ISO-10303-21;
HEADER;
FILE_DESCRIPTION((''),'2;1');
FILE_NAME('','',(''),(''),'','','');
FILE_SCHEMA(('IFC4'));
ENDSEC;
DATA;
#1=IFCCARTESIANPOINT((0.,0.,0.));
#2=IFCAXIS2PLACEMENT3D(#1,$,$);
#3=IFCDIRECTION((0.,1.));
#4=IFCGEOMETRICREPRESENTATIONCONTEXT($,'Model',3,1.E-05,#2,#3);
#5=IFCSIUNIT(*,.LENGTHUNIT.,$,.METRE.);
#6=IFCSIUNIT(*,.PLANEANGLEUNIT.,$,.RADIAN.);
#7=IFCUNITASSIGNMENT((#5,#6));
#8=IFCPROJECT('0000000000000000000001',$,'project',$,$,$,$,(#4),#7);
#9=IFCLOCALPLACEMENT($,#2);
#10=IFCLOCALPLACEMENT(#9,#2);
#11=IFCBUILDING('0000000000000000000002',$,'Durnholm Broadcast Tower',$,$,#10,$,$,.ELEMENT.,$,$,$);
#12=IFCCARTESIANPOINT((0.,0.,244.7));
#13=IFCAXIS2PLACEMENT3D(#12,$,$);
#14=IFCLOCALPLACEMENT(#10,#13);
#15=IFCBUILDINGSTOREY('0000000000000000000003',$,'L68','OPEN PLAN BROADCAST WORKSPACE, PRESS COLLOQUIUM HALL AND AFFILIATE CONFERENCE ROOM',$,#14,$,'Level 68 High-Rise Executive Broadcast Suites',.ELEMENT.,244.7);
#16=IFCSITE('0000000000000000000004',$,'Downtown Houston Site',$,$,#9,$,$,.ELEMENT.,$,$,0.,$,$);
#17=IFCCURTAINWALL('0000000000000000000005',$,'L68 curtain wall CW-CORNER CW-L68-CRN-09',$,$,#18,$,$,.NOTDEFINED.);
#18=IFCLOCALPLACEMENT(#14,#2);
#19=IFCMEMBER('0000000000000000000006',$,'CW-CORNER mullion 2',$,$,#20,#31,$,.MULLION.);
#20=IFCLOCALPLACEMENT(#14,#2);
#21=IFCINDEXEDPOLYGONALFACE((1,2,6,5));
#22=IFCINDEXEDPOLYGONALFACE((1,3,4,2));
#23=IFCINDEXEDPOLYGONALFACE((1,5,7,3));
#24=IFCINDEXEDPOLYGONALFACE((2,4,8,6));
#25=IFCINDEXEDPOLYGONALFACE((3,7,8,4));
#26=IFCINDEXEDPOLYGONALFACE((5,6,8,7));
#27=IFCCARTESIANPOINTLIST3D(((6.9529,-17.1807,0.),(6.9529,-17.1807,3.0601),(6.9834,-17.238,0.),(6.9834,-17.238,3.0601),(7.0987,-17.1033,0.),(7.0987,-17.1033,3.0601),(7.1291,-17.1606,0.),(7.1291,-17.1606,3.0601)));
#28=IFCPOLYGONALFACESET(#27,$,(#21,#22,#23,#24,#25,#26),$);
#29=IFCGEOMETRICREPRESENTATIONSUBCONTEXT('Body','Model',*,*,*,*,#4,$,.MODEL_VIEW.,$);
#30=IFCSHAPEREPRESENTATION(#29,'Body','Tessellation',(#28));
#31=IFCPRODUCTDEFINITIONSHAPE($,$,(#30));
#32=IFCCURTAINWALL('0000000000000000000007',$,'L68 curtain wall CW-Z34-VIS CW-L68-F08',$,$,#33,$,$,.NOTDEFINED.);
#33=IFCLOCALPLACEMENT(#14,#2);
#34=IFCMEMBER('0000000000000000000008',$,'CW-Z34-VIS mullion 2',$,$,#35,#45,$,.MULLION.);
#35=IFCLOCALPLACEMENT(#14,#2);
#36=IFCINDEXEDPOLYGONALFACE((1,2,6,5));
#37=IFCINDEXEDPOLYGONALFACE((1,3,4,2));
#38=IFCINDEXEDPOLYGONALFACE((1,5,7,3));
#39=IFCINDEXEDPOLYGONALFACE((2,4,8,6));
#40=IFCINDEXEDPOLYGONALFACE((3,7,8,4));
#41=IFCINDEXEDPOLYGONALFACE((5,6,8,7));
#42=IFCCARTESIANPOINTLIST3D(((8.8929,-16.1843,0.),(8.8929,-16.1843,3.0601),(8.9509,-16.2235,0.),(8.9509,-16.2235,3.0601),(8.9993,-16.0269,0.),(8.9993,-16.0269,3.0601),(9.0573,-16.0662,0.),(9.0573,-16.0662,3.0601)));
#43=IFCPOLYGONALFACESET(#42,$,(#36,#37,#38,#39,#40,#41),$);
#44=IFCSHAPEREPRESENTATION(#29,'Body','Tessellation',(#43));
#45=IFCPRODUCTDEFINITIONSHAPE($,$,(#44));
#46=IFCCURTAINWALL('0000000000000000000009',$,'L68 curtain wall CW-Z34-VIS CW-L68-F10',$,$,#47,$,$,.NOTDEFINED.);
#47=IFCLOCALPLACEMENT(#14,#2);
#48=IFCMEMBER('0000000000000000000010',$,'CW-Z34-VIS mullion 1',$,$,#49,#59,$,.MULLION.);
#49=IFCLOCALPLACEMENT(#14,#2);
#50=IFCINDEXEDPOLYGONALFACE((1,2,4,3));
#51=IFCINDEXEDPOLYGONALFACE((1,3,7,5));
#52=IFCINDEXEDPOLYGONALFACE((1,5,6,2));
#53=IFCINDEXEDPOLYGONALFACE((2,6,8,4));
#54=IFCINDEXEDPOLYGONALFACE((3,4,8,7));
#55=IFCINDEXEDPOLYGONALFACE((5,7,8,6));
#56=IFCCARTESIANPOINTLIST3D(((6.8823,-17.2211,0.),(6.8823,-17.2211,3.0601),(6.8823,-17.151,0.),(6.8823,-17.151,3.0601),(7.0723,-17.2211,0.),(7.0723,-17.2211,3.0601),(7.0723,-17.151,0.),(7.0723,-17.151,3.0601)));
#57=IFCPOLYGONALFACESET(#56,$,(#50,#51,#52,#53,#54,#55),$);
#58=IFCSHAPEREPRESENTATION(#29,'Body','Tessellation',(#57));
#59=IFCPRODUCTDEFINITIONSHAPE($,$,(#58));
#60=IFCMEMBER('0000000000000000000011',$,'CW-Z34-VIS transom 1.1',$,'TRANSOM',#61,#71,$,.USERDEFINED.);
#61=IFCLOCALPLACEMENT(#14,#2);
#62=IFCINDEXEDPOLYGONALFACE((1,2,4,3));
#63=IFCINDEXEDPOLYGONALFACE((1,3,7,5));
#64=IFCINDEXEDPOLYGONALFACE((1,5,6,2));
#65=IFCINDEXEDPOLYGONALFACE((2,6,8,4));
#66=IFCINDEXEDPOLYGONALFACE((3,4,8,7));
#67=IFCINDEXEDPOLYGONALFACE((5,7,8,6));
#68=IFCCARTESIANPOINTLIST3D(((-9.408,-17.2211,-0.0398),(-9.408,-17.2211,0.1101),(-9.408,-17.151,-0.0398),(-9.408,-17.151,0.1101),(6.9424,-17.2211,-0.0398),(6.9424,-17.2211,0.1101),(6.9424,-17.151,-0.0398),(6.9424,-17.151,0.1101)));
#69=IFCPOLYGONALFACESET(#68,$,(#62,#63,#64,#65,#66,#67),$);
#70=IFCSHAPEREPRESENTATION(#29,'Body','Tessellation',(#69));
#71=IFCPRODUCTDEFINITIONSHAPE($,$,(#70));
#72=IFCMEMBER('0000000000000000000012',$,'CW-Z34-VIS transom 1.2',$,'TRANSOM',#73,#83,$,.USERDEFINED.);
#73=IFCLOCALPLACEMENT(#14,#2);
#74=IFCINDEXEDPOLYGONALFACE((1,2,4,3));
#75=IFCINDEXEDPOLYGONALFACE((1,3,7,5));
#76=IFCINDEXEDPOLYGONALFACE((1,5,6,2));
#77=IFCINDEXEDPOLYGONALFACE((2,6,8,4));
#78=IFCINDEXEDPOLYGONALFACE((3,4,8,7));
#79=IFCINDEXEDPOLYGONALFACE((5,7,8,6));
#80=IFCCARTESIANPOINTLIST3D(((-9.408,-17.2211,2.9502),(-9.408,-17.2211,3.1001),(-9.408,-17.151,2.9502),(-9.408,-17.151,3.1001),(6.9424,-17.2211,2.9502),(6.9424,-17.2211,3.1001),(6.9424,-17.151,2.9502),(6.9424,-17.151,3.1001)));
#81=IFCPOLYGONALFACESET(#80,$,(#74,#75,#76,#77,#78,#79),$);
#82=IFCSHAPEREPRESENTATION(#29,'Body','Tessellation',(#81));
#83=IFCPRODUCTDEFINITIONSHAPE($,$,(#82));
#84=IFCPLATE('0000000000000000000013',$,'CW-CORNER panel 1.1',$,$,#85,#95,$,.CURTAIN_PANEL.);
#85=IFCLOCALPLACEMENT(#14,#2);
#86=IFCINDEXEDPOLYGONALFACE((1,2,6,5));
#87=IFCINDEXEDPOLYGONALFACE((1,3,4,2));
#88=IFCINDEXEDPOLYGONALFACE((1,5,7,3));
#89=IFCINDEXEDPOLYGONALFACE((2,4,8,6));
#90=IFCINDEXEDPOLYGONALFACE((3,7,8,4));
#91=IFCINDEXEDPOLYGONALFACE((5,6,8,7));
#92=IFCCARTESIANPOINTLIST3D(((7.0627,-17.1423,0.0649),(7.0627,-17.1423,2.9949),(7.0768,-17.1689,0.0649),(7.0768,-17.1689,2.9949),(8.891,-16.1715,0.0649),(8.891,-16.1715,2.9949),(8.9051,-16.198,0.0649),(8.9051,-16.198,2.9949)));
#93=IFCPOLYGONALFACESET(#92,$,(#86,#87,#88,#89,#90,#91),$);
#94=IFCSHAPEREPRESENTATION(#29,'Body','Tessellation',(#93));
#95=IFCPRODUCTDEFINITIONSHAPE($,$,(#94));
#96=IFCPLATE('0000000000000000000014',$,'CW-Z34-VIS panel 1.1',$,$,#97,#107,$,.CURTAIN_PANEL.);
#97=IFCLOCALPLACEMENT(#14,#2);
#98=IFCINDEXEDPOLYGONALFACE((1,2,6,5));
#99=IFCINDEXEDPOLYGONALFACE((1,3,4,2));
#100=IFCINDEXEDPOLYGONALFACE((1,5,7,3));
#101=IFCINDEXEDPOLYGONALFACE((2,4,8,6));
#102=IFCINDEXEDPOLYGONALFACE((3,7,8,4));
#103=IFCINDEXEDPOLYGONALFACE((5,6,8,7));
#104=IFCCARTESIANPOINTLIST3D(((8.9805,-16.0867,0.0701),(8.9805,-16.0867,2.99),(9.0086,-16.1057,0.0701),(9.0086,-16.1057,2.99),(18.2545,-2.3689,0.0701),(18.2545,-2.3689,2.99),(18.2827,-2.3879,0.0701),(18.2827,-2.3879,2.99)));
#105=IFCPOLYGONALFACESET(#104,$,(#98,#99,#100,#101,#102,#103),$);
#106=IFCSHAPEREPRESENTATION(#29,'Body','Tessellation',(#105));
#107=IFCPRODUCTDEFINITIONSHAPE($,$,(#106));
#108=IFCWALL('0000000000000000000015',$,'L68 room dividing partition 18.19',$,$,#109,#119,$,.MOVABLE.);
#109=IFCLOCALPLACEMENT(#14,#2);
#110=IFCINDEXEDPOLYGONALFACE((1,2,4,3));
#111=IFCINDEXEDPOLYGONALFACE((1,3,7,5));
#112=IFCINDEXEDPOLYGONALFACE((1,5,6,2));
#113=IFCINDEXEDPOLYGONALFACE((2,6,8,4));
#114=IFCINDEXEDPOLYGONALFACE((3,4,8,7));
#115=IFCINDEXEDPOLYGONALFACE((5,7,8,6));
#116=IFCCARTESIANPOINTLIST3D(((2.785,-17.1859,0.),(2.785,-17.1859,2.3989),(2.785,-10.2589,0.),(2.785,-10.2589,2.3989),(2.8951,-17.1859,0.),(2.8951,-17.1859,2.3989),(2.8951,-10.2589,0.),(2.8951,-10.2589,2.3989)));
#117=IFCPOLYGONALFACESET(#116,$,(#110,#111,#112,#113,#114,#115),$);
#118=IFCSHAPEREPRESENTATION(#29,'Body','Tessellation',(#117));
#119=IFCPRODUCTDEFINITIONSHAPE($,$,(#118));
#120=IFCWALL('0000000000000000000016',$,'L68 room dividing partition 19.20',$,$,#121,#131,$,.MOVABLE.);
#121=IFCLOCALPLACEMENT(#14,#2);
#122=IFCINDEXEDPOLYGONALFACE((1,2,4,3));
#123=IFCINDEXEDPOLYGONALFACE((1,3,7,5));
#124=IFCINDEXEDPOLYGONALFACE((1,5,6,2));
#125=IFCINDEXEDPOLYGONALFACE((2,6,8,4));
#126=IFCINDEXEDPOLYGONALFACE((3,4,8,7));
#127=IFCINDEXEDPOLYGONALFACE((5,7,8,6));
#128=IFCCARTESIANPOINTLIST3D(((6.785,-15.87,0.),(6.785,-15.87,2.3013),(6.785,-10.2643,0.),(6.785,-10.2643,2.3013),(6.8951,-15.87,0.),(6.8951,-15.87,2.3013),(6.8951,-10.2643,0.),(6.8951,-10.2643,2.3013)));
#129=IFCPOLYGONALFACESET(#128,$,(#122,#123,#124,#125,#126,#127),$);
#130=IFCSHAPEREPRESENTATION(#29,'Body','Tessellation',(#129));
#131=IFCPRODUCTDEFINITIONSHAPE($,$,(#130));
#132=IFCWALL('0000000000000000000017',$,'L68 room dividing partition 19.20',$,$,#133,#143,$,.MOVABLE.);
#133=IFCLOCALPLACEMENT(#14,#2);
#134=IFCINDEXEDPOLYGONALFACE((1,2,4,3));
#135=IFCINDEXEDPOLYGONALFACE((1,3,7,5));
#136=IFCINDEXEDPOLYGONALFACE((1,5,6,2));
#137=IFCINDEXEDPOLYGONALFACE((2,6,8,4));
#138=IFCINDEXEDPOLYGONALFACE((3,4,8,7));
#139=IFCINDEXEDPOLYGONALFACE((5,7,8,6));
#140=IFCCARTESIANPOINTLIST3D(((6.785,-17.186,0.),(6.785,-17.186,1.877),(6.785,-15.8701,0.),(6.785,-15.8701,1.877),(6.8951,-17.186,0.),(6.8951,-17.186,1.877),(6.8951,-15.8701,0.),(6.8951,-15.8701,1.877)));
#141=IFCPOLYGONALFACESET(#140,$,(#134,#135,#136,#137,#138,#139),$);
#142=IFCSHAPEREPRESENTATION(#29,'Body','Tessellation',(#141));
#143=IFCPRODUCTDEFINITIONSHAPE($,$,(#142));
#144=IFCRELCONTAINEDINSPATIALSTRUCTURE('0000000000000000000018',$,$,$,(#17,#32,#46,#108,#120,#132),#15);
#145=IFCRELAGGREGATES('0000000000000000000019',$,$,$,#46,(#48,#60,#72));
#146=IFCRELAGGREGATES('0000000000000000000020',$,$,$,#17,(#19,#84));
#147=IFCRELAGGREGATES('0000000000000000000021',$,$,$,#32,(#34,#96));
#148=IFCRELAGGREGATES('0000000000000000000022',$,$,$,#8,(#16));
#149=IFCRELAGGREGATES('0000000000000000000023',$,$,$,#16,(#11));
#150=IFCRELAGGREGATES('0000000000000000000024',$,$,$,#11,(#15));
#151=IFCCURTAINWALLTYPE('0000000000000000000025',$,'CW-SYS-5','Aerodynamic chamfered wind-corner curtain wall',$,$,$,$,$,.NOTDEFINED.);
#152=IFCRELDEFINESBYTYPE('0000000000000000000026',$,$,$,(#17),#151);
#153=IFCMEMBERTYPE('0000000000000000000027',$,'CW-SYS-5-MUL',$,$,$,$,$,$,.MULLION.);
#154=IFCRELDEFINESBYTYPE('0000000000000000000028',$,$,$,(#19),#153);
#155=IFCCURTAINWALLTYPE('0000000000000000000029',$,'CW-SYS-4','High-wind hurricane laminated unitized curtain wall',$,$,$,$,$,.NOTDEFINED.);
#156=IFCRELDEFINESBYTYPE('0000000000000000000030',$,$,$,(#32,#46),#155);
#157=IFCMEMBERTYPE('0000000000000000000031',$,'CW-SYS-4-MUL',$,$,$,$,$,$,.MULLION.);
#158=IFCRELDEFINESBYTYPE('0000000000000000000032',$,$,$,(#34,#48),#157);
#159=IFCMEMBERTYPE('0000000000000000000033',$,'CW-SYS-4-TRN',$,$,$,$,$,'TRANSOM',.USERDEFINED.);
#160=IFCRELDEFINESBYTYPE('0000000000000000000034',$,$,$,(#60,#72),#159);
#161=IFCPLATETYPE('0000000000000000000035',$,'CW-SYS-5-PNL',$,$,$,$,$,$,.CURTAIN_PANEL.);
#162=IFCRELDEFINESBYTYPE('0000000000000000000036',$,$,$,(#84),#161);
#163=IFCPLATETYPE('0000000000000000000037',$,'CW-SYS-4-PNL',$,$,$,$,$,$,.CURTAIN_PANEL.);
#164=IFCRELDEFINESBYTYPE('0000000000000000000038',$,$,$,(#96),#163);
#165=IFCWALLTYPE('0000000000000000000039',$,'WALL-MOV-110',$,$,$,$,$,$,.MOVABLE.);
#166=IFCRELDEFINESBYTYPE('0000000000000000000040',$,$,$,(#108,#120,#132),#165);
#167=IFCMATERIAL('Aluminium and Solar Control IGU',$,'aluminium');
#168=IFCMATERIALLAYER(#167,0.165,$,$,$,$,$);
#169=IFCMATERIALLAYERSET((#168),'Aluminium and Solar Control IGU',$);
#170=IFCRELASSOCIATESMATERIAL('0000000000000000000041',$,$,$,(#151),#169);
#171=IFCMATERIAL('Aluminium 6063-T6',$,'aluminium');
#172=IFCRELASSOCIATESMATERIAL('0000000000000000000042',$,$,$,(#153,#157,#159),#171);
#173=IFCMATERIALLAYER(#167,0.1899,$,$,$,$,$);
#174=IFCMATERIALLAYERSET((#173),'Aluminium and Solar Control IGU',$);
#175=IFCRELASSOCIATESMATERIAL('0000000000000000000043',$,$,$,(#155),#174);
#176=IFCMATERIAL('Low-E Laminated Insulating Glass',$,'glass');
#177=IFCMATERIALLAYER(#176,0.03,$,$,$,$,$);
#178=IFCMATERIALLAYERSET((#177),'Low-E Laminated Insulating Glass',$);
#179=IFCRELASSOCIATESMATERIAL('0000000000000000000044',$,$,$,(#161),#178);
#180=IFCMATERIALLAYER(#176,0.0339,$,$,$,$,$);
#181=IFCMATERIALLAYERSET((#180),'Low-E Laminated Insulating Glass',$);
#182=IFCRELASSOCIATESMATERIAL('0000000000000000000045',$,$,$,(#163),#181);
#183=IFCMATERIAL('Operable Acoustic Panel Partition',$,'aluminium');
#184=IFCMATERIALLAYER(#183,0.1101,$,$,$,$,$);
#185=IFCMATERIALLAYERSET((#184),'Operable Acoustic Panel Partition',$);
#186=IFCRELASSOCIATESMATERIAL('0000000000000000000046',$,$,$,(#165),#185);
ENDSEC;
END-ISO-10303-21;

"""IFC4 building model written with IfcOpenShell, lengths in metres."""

from ifc_helpers import new_model, si_unit, direction, frame, frame_2d, origin, origin_2d, place, context, subcontext, project, spatial, rectangle, extrude, source, transform, mapped, material, layer, layer_set, material_profile, profile_set, type_object, type_shapes, element, aggregate, save


model = new_model("IFC4")

# Units and contexts
model_context = context("Model", 3, precision=1e-05, world=origin(), true_north=direction((0.0, 1.0)))
body_context = subcontext(model_context, "Body", "Model", "MODEL_VIEW")
ifc_project = project(units=[si_unit("LENGTHUNIT", "METRE"), si_unit("PLANEANGLEUNIT", "RADIAN")], contexts=[model_context])

# Site, building, storey
site_placement = place(None, origin())
site = spatial("IfcSite", under=ifc_project, at=site_placement, Name="Downtown Houston Site", CompositionType="ELEMENT", RefElevation=0.0)
building_placement = place(site_placement, origin())
building = spatial("IfcBuilding", under=site, at=building_placement, Name="Durnholm Broadcast Tower", CompositionType="ELEMENT")
storey_placement = place(building_placement, frame((0.0, 0.0, 244.7)))
storey = spatial("IfcBuildingStorey", under=building, at=storey_placement, Name="L68", Description="OPEN PLAN BROADCAST WORKSPACE, PRESS COLLOQUIUM HALL AND AFFILIATE CONFERENCE ROOM", LongName="Level 68 High-Rise Executive Broadcast Suites", CompositionType="ELEMENT", Elevation=244.7)

# Curtain wall, member
ifc_material_1 = material(Name="Aluminium and Solar Control IGU", Category="aluminium")
ifc_layer_1 = layer(ifc_material_1, 0.165)
ifc_layer_set_1 = layer_set([ifc_layer_1], Name="Aluminium and Solar Control IGU")
curtain_wall_type_1 = type_object("IfcCurtainWallType", Name="CW-SYS-5", Description="Aerodynamic chamfered wind-corner curtain wall", PredefinedType="NOTDEFINED", material=ifc_layer_set_1)
curtain_wall_1_placement = place(storey_placement, origin())
curtain_wall_1 = element("IfcCurtainWall", 1, at=curtain_wall_1_placement, inside=storey, type_object=curtain_wall_type_1, Name="L68 curtain wall CW-CORNER CW-L68-CRN-09", PredefinedType="NOTDEFINED")
ifc_material_2 = material(Name="Aluminium 6063-T6", Category="aluminium")
ifc_material_profile_1 = material_profile(ifc_material_2, rectangle(XDim=0.0649, YDim=0.165, at=origin_2d()), Name="CWM65X165")
ifc_profile_set_1 = profile_set([ifc_material_profile_1], Name="Aluminium 6063-T6")
member_type_1 = type_object("IfcMemberType", Name="CW-SYS-5-MUL", PredefinedType="MULLION", material=ifc_profile_set_1)
shared_shape_1 = source(origin(), body_context, "Body", "SweptSolid", [
    extrude(rectangle(XDim=0.0649, YDim=0.165, at=origin_2d()), origin(), (0.0, 0.0, 1.0), 3.0601),
])
type_shapes(member_type_1, [shared_shape_1])
member_1_placement = place(storey_placement, frame((7.041, -17.1707, 0.0), z_axis=(0.0, 0.0, 1.0), x_axis=(0.469007, -0.883195, 0.0)))
member_1 = element("IfcMember", 2, at=member_1_placement, type_object=member_type_1, Name="CW-CORNER mullion 2", PredefinedType="MULLION", context=body_context, shape_type="MappedRepresentation", body=[
    mapped(shared_shape_1, transform((0.0, 0.0, 0.0), x_axis=(1.0, 0.0, 0.0), y_axis=(0.0, 1.0, 0.0), z_axis=(0.0, 0.0, 1.0), scale=1.0)),
])

# Curtain wall, member
ifc_layer_2 = layer(ifc_material_1, 0.1899)
ifc_layer_set_2 = layer_set([ifc_layer_2], Name="Aluminium and Solar Control IGU")
curtain_wall_type_2 = type_object("IfcCurtainWallType", Name="CW-SYS-4", Description="High-wind hurricane laminated unitized curtain wall", PredefinedType="NOTDEFINED", material=ifc_layer_set_2)
curtain_wall_2_placement = place(storey_placement, origin())
curtain_wall_2 = element("IfcCurtainWall", 3, at=curtain_wall_2_placement, inside=storey, type_object=curtain_wall_type_2, Name="L68 curtain wall CW-Z34-VIS CW-L68-F08", PredefinedType="NOTDEFINED")
ifc_material_profile_2 = material_profile(ifc_material_2, rectangle(XDim=0.0701, YDim=0.1899, at=origin_2d()), Name="CWM70X190")
ifc_profile_set_2 = profile_set([ifc_material_profile_2], Name="Aluminium 6063-T6")
member_type_2 = type_object("IfcMemberType", Name="CW-SYS-4-MUL", PredefinedType="MULLION", material=ifc_profile_set_2)
shared_shape_2 = source(origin(), body_context, "Body", "SweptSolid", [
    extrude(rectangle(XDim=0.0701, YDim=0.1899, at=origin_2d()), origin(), (0.0, 0.0, 1.0), 3.0601),
])
type_shapes(member_type_2, [shared_shape_2])
member_2_placement = place(storey_placement, frame((8.9751, -16.1252, 0.0), z_axis=(0.0, 0.0, 1.0), x_axis=(0.828443, -0.560073, 0.0)))
member_2 = element("IfcMember", 4, at=member_2_placement, type_object=member_type_2, Name="CW-Z34-VIS mullion 2", PredefinedType="MULLION", context=body_context, shape_type="MappedRepresentation", body=[
    mapped(shared_shape_2, transform((0.0, 0.0, 0.0), x_axis=(1.0, 0.0, 0.0), y_axis=(0.0, 1.0, 0.0), z_axis=(0.0, 0.0, 1.0), scale=1.0)),
])

# Curtain wall, members
curtain_wall_3_placement = place(storey_placement, origin())
curtain_wall_3 = element("IfcCurtainWall", 5, at=curtain_wall_3_placement, inside=storey, type_object=curtain_wall_type_2, Name="L68 curtain wall CW-Z34-VIS CW-L68-F10", PredefinedType="NOTDEFINED")
member_3_placement = place(storey_placement, frame((6.9773, -17.186, 0.0), z_axis=(0.0, 0.0, 1.0), x_axis=(0.0, -1.0, 0.0)))
member_3 = element("IfcMember", 6, at=member_3_placement, type_object=member_type_2, Name="CW-Z34-VIS mullion 1", PredefinedType="MULLION", context=body_context, shape_type="MappedRepresentation", body=[
    mapped(shared_shape_2, transform((0.0, 0.0, 0.0), x_axis=(1.0, 0.0, 0.0), y_axis=(0.0, 1.0, 0.0), z_axis=(0.0, 0.0, 1.0), scale=1.0)),
])
ifc_material_profile_3 = material_profile(ifc_material_2, rectangle(XDim=0.0701, YDim=0.1499, at=origin_2d()), Name="CWT70X150")
ifc_profile_set_3 = profile_set([ifc_material_profile_3], Name="Aluminium 6063-T6")
member_type_3 = type_object("IfcMemberType", Name="CW-SYS-4-TRN", ElementType="TRANSOM", PredefinedType="USERDEFINED", material=ifc_profile_set_3)
shared_shape_3 = source(origin(), body_context, "Body", "SweptSolid", [
    extrude(rectangle(XDim=0.0701, YDim=0.1499, at=origin_2d()), origin(), (0.0, 0.0, 1.0), 16.3503),
])
type_shapes(member_type_3, [shared_shape_3])
member_4_placement = place(storey_placement, frame((6.9424, -17.186, 0.0352), z_axis=(-1.0, 0.0, 0.0), x_axis=(0.0, -1.0, 0.0)))
member_4 = element("IfcMember", 7, at=member_4_placement, type_object=member_type_3, Name="CW-Z34-VIS transom 1.1", ObjectType="TRANSOM", PredefinedType="USERDEFINED", context=body_context, shape_type="MappedRepresentation", body=[
    mapped(shared_shape_3, transform((0.0, 0.0, 0.0), x_axis=(1.0, 0.0, 0.0), y_axis=(0.0, 1.0, 0.0), z_axis=(0.0, 0.0, 1.0), scale=1.0)),
])
member_5_placement = place(storey_placement, frame((6.9424, -17.186, 3.0251), z_axis=(-1.0, 0.0, 0.0), x_axis=(0.0, -1.0, 0.0)))
member_5 = element("IfcMember", 8, at=member_5_placement, type_object=member_type_3, Name="CW-Z34-VIS transom 1.2", ObjectType="TRANSOM", PredefinedType="USERDEFINED", context=body_context, shape_type="MappedRepresentation", body=[
    mapped(shared_shape_3, transform((0.0, 0.0, 0.0), x_axis=(1.0, 0.0, 0.0), y_axis=(0.0, 1.0, 0.0), z_axis=(0.0, 0.0, 1.0), scale=1.0)),
])
aggregate(curtain_wall_3, [member_3, member_4, member_5])

# Plates
ifc_material_3 = material(Name="Low-E Laminated Insulating Glass", Category="glass")
ifc_layer_3 = layer(ifc_material_3, 0.03)
ifc_layer_set_3 = layer_set([ifc_layer_3], Name="Low-E Laminated Insulating Glass")
plate_type_1 = type_object("IfcPlateType", Name="CW-SYS-5-PNL", PredefinedType="CURTAIN_PANEL", material=ifc_layer_set_3)
shared_shape_4 = source(origin(), body_context, "Body", "SweptSolid", [
    extrude(rectangle(XDim=2.0701, YDim=0.03, at=origin_2d()), origin(), (0.0, 0.0, 1.0), 2.9299),
])
type_shapes(plate_type_1, [shared_shape_4])
plate_1_placement = place(storey_placement, frame((7.9839, -16.6702, 0.0649), z_axis=(0.0, 0.0, 1.0), x_axis=(-0.883195, -0.469007, 0.0)))
plate_1 = element("IfcPlate", 9, at=plate_1_placement, type_object=plate_type_1, Name="CW-CORNER panel 1.1", PredefinedType="CURTAIN_PANEL", context=body_context, shape_type="MappedRepresentation", body=[
    mapped(shared_shape_4, transform((0.0, 0.0, 0.0), x_axis=(1.0, 0.0, 0.0), y_axis=(0.0, 1.0, 0.0), z_axis=(0.0, 0.0, 1.0), scale=1.0)),
])
aggregate(curtain_wall_1, [member_1, plate_1])
ifc_layer_4 = layer(ifc_material_3, 0.0339)
ifc_layer_set_4 = layer_set([ifc_layer_4], Name="Low-E Laminated Insulating Glass")
plate_type_2 = type_object("IfcPlateType", Name="CW-SYS-4-PNL", PredefinedType="CURTAIN_PANEL", material=ifc_layer_set_4)
shared_shape_5 = source(origin(), body_context, "Body", "SweptSolid", [
    extrude(rectangle(XDim=16.5586, YDim=0.0339, at=origin_2d()), origin(), (0.0, 0.0, 1.0), 2.9199),
])
type_shapes(plate_type_2, [shared_shape_5])
plate_2_placement = place(storey_placement, frame((13.6316, -9.2373, 0.0701), z_axis=(0.0, 0.0, 1.0), x_axis=(-0.560073, -0.828443, 0.0)))
plate_2 = element("IfcPlate", 10, at=plate_2_placement, type_object=plate_type_2, Name="CW-Z34-VIS panel 1.1", PredefinedType="CURTAIN_PANEL", context=body_context, shape_type="MappedRepresentation", body=[
    mapped(shared_shape_5, transform((0.0, 0.0, 0.0), x_axis=(1.0, 0.0, 0.0), y_axis=(0.0, 1.0, 0.0), z_axis=(0.0, 0.0, 1.0), scale=1.0)),
])
aggregate(curtain_wall_2, [member_2, plate_2])

# Walls
ifc_material_4 = material(Name="Operable Acoustic Panel Partition", Category="aluminium")
ifc_layer_5 = layer(ifc_material_4, 0.1101)
ifc_layer_set_5 = layer_set([ifc_layer_5], Name="Operable Acoustic Panel Partition")
wall_type_1 = type_object("IfcWallType", Name="WALL-MOV-110", PredefinedType="MOVABLE", material=ifc_layer_set_5)
wall_1_placement = place(storey_placement, frame((2.8401, -10.259, 0.0), z_axis=(0.0, 0.0, 1.0), x_axis=(0.0, -1.0, 0.0)))
element("IfcWall", 11, at=wall_1_placement, inside=storey, type_object=wall_type_1, Name="L68 room dividing partition 18.19", PredefinedType="MOVABLE", context=body_context, shape_type="SweptSolid", body=[
    extrude(rectangle(XDim=6.927, YDim=0.1101, at=frame_2d((3.4634, 0.0))), origin(), (0.0, 0.0, 1.0), 2.3989),
])
wall_2_placement = place(storey_placement, frame((6.8401, -10.2644, 0.0), z_axis=(0.0, 0.0, 1.0), x_axis=(0.0, -1.0, 0.0)))
element("IfcWall", 12, at=wall_2_placement, inside=storey, type_object=wall_type_1, Name="L68 room dividing partition 19.20", PredefinedType="MOVABLE", context=body_context, shape_type="SweptSolid", body=[
    extrude(rectangle(XDim=5.6057, YDim=0.1101, at=frame_2d((2.8027, 0.0))), origin(), (0.0, 0.0, 1.0), 2.3013),
])
wall_3_placement = place(storey_placement, frame((6.8401, -15.8701, 0.0), z_axis=(0.0, 0.0, 1.0), x_axis=(0.0, -1.0, 0.0)))
element("IfcWall", 13, at=wall_3_placement, inside=storey, type_object=wall_type_1, Name="L68 room dividing partition 19.20", PredefinedType="MOVABLE", context=body_context, shape_type="SweptSolid", body=[
    extrude(rectangle(XDim=1.3159, YDim=0.1101, at=frame_2d((0.658, 0.0))), origin(), (0.0, 0.0, 1.0), 1.877),
])

save(model, "model.ifc")
